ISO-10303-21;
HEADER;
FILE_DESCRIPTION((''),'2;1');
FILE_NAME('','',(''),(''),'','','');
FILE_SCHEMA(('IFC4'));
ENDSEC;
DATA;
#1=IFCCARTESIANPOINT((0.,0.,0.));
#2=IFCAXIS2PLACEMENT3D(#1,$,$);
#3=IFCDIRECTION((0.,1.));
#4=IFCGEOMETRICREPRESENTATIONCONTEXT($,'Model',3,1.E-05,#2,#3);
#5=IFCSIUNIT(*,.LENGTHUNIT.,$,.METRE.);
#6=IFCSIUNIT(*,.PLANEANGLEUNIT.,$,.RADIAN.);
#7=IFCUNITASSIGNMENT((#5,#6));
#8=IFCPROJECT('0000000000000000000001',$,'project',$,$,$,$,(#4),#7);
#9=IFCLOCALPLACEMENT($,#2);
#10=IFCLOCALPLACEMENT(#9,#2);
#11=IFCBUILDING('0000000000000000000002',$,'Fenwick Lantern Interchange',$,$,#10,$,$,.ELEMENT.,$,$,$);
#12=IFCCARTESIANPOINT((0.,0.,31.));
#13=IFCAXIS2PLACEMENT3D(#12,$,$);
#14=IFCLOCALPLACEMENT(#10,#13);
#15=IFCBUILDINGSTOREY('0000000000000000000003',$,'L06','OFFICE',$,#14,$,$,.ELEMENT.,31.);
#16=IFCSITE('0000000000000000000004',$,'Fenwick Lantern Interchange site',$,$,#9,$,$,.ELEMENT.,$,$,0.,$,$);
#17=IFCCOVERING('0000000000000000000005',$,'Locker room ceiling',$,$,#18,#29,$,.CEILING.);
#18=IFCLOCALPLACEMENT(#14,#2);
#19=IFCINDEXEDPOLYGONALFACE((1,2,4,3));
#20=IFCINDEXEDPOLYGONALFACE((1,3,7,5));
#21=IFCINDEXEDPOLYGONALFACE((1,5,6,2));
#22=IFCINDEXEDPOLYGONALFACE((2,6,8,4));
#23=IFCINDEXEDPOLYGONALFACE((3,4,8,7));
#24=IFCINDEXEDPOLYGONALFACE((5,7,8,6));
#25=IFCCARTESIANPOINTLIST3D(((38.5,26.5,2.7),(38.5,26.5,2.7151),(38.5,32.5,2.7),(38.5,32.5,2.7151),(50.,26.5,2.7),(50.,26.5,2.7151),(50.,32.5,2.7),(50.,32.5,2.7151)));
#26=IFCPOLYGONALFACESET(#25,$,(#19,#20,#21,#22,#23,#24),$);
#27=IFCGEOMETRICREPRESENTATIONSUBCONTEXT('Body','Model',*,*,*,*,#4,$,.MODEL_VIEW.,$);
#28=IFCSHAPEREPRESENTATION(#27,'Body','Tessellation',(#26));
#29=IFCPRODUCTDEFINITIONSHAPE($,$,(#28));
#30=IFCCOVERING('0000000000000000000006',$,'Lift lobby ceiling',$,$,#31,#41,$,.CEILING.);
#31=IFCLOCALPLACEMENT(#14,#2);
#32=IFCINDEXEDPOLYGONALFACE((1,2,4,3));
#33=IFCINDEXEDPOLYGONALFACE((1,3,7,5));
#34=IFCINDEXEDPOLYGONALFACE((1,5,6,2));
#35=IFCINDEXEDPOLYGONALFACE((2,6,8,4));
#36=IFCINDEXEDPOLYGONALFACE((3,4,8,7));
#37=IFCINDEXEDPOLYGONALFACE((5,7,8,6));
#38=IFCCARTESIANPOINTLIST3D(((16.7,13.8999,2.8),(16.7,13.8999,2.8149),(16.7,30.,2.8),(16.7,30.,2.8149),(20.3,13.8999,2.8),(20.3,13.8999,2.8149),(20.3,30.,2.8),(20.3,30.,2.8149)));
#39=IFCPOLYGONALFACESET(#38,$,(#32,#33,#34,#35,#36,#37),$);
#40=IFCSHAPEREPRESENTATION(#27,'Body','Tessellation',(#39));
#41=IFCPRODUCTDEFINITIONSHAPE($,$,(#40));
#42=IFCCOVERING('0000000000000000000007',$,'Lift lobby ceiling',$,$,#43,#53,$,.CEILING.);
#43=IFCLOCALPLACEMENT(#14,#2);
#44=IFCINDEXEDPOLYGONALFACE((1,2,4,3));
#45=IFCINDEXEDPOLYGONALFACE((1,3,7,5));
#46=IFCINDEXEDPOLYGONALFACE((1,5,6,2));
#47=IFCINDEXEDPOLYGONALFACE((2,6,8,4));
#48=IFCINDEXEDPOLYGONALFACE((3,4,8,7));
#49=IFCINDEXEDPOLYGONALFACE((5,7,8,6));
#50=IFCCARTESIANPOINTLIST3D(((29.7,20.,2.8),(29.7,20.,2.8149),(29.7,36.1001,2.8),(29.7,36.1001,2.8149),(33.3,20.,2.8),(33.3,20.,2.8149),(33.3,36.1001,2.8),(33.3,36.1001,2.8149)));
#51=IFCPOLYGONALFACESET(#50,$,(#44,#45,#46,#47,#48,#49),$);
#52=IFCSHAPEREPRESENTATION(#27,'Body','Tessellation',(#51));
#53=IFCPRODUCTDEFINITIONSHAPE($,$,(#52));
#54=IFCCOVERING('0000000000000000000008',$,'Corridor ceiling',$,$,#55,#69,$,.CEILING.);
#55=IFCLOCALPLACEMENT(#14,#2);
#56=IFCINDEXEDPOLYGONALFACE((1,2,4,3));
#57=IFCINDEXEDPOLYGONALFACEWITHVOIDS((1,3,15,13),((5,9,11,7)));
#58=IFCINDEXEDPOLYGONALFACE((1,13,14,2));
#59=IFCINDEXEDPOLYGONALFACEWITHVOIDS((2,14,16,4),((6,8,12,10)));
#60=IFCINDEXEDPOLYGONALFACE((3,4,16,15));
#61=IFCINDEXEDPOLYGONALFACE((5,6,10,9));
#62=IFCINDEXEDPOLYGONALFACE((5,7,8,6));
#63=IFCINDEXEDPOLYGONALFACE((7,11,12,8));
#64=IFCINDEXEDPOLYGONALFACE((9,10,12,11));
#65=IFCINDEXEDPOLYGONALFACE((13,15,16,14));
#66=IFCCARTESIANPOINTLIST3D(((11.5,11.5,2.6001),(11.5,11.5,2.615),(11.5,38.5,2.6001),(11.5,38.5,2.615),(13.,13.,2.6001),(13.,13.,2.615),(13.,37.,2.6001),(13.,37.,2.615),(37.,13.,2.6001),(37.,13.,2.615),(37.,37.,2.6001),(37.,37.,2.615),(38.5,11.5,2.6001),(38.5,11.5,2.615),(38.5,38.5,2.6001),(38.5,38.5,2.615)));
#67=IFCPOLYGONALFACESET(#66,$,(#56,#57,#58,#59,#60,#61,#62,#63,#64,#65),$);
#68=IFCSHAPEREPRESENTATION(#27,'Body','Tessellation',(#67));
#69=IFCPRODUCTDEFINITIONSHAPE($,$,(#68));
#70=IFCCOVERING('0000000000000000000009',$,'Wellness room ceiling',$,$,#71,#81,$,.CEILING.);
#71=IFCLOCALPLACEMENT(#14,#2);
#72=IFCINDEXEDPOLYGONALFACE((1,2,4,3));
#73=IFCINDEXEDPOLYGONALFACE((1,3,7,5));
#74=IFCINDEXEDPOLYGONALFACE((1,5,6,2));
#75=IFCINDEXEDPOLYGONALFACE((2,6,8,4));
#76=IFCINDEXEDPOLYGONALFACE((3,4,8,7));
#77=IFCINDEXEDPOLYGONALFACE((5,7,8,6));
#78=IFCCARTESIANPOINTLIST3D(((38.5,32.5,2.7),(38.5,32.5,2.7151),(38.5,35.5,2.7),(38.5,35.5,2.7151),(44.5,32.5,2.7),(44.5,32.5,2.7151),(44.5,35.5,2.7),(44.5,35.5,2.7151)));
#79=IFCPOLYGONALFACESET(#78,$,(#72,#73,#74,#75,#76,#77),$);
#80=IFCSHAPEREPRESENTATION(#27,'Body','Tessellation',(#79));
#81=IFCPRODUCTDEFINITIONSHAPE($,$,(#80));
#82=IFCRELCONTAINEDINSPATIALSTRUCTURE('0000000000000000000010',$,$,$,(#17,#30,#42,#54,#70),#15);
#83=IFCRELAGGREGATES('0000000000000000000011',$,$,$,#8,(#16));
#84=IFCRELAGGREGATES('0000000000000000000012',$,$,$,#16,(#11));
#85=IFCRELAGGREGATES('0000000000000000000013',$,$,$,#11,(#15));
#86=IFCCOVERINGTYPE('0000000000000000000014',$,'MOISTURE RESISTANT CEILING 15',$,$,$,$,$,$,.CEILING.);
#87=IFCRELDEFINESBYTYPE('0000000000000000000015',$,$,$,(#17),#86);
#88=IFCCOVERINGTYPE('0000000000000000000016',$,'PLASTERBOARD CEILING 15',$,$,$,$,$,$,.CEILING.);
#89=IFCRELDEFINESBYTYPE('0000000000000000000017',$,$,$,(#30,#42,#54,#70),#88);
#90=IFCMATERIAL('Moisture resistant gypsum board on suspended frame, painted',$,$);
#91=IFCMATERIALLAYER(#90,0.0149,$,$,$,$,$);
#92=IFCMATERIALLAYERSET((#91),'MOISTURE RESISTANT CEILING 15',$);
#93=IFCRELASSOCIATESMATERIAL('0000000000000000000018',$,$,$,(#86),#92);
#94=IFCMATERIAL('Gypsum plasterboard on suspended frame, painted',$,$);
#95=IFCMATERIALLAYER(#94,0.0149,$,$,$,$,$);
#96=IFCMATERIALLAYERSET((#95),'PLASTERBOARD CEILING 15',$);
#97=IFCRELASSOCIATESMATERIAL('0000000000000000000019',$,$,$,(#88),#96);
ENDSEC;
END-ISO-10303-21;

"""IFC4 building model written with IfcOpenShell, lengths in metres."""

from ifc_helpers import new_model, si_unit, direction, frame, origin, place, context, subcontext, project, spatial, polyline, outline, extrude, material, layer, layer_set, type_object, element, save


model = new_model("IFC4")

# Units and contexts
model_context = context("Model", 3, precision=1e-05, world=origin(), true_north=direction((0.0, 1.0)))
body_context = subcontext(model_context, "Body", "Model", "MODEL_VIEW")
ifc_project = project(units=[si_unit("LENGTHUNIT", "METRE"), si_unit("PLANEANGLEUNIT", "RADIAN")], contexts=[model_context])

# Site, building, storey
site_placement = place(None, origin())
site = spatial("IfcSite", under=ifc_project, at=site_placement, Name="Fenwick Lantern Interchange site", CompositionType="ELEMENT", RefElevation=0.0)
building_placement = place(site_placement, origin())
building = spatial("IfcBuilding", under=site, at=building_placement, Name="Fenwick Lantern Interchange", CompositionType="ELEMENT")
storey_placement = place(building_placement, frame((0.0, 0.0, 31.0)))
storey = spatial("IfcBuildingStorey", under=building, at=storey_placement, Name="L06", Description="OFFICE", CompositionType="ELEMENT", Elevation=31.0)

# Coverings
ifc_material_1 = material(Name="Moisture resistant gypsum board on suspended frame, painted")
ifc_layer_1 = layer(ifc_material_1, 0.0149)
ifc_layer_set_1 = layer_set([ifc_layer_1], Name="MOISTURE RESISTANT CEILING 15")
covering_type_1 = type_object("IfcCoveringType", Name="MOISTURE RESISTANT CEILING 15", PredefinedType="CEILING", material=ifc_layer_set_1)
covering_1_placement = place(storey_placement, frame((0.0, 0.0, 2.7)))
element("IfcCovering", 1, at=covering_1_placement, inside=storey, type_object=covering_type_1, Name="Locker room ceiling", PredefinedType="CEILING", context=body_context, shape_type="SweptSolid", body=[
    extrude(outline(polyline([(50.0, 32.5), (38.5, 32.5), (38.5, 26.5), (50.0, 26.5), (50.0, 32.5)])), origin(), (0.0, 0.0, 1.0), 0.0151),
])
ifc_material_2 = material(Name="Gypsum plasterboard on suspended frame, painted")
ifc_layer_2 = layer(ifc_material_2, 0.0149)
ifc_layer_set_2 = layer_set([ifc_layer_2], Name="PLASTERBOARD CEILING 15")
covering_type_2 = type_object("IfcCoveringType", Name="PLASTERBOARD CEILING 15", PredefinedType="CEILING", material=ifc_layer_set_2)
covering_2_placement = place(storey_placement, frame((0.0, 0.0, 2.8)))
element("IfcCovering", 2, at=covering_2_placement, inside=storey, type_object=covering_type_2, Name="Lift lobby ceiling", PredefinedType="CEILING", context=body_context, shape_type="SweptSolid", body=[
    extrude(outline(polyline([(16.7, 13.8999), (20.3, 13.8999), (20.3, 30.0), (16.7, 30.0), (16.7, 13.8999)])), origin(), (0.0, 0.0, 1.0), 0.0149),
])
covering_3_placement = place(storey_placement, frame((0.0, 0.0, 2.8)))
element("IfcCovering", 3, at=covering_3_placement, inside=storey, type_object=covering_type_2, Name="Lift lobby ceiling", PredefinedType="CEILING", context=body_context, shape_type="SweptSolid", body=[
    extrude(outline(polyline([(33.3, 36.1001), (29.7, 36.1001), (29.7, 20.0), (33.3, 20.0), (33.3, 36.1001)])), origin(), (0.0, 0.0, 1.0), 0.0149),
])
covering_4_placement = place(storey_placement, frame((0.0, 0.0, 2.6001)))
element("IfcCovering", 4, at=covering_4_placement, inside=storey, type_object=covering_type_2, Name="Corridor ceiling", PredefinedType="CEILING", context=body_context, shape_type="SweptSolid", body=[
    extrude(outline(polyline([(11.5, 38.5), (11.5, 11.5), (38.5, 11.5), (38.5, 38.5), (11.5, 38.5)]), holes=[polyline([(37.0, 13.0), (13.0, 13.0), (13.0, 37.0), (37.0, 37.0), (37.0, 13.0)])]), origin(), (0.0, 0.0, 1.0), 0.0149),
])
covering_5_placement = place(storey_placement, frame((0.0, 0.0, 2.7)))
element("IfcCovering", 5, at=covering_5_placement, inside=storey, type_object=covering_type_2, Name="Wellness room ceiling", PredefinedType="CEILING", context=body_context, shape_type="SweptSolid", body=[
    extrude(outline(polyline([(44.5, 32.5), (44.5, 35.5), (38.5, 35.5), (38.5, 32.5), (44.5, 32.5)])), origin(), (0.0, 0.0, 1.0), 0.0151),
])

save(model, "model.ifc")
